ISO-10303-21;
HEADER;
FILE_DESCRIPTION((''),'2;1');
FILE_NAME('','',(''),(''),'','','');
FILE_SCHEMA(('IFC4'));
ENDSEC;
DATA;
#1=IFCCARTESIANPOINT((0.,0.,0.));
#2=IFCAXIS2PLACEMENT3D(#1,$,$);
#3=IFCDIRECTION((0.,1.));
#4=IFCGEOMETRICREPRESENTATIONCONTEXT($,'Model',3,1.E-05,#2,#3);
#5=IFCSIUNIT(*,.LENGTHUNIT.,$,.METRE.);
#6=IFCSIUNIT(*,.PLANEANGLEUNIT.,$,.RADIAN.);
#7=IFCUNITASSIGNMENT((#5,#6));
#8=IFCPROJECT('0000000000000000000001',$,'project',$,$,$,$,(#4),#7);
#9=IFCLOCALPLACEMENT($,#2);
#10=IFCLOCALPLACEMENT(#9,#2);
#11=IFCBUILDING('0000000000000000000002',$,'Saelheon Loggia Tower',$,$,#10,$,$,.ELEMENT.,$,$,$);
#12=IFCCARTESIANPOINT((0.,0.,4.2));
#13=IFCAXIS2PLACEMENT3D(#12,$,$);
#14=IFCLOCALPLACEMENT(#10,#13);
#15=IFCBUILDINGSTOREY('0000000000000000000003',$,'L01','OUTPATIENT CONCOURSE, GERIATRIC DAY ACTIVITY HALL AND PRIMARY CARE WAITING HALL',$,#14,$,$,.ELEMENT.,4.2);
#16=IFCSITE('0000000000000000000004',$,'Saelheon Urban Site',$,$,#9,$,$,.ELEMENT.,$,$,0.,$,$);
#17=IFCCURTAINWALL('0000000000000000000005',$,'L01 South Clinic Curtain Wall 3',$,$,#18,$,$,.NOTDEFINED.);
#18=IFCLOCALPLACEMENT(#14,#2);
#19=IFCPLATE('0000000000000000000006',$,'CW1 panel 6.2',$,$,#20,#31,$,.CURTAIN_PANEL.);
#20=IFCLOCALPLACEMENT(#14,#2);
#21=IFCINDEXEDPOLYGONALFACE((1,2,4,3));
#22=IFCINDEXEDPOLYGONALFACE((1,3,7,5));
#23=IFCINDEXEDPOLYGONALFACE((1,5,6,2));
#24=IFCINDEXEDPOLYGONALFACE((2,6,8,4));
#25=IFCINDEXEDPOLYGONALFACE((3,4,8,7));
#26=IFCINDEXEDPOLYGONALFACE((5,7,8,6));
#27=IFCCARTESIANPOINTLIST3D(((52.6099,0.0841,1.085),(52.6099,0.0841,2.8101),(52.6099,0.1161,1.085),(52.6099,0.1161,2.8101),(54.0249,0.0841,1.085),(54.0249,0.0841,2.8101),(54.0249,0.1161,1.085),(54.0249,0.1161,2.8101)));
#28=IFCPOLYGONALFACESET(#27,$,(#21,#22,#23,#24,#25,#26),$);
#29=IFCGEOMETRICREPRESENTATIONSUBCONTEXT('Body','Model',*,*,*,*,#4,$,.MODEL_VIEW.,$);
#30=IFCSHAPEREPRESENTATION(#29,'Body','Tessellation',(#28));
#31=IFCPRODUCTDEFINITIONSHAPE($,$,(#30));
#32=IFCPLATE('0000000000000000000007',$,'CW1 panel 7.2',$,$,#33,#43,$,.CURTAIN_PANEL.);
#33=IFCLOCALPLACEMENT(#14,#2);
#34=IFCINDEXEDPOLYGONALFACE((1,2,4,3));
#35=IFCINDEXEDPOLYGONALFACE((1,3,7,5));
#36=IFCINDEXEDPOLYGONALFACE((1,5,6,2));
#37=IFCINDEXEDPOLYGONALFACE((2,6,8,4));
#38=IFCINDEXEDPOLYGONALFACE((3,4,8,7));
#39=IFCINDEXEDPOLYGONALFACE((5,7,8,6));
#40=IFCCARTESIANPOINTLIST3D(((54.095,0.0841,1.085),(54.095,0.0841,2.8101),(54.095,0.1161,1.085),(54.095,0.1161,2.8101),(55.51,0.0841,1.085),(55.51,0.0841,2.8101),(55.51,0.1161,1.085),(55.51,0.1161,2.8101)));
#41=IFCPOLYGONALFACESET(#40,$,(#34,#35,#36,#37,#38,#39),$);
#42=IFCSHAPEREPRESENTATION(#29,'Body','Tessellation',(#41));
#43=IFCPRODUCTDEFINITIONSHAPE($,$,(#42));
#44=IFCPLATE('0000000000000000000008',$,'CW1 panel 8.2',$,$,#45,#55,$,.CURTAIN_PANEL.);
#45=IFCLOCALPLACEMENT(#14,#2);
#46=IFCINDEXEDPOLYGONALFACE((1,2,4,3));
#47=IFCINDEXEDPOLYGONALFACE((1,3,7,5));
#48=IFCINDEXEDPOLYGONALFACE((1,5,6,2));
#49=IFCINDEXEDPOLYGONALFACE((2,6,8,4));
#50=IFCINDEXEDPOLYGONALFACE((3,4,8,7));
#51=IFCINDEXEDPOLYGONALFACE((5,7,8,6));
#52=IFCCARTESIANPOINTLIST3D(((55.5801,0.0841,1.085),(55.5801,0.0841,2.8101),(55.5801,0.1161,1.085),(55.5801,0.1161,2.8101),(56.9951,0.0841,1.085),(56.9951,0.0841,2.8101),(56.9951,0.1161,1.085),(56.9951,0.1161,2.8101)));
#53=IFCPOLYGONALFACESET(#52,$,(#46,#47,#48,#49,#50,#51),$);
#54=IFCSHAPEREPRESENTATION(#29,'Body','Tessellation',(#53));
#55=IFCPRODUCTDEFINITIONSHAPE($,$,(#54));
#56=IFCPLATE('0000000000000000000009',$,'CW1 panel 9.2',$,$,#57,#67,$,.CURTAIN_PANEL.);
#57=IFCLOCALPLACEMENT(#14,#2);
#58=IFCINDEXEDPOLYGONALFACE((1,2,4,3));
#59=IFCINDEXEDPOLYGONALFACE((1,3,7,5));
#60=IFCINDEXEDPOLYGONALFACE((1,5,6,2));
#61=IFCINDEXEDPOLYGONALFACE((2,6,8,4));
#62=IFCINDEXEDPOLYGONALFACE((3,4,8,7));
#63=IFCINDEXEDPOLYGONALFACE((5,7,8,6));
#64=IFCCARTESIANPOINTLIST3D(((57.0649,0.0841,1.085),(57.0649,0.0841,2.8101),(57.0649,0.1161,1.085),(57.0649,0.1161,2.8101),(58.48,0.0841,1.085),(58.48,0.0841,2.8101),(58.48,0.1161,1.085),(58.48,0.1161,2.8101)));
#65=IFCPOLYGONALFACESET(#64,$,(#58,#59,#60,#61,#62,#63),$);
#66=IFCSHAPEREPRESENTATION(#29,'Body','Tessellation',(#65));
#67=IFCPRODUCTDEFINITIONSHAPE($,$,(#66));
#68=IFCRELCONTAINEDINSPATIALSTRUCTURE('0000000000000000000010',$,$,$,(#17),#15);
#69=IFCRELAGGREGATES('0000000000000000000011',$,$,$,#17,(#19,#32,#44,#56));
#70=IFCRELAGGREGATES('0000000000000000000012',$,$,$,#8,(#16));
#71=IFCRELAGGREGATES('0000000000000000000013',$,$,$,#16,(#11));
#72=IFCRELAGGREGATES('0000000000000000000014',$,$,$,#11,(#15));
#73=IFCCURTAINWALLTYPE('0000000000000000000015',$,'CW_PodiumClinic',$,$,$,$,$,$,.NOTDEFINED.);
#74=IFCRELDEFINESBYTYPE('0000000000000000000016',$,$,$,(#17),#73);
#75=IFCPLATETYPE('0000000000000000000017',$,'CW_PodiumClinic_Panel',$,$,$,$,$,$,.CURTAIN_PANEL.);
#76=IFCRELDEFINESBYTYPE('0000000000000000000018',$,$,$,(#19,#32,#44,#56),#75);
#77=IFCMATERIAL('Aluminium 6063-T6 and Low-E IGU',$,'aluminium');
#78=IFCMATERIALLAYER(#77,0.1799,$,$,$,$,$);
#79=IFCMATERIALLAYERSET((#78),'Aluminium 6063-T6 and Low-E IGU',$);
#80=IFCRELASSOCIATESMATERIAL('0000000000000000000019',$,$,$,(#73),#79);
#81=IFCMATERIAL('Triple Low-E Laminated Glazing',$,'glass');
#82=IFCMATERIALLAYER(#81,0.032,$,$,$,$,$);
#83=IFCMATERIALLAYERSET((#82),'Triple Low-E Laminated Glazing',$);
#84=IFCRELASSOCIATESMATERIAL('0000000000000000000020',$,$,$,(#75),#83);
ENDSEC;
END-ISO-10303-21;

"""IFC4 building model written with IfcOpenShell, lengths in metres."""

from ifc_helpers import new_model, si_unit, direction, frame, origin, origin_2d, place, context, subcontext, project, spatial, rectangle, extrude, source, transform, mapped, material, layer, layer_set, type_object, element, aggregate, save


model = new_model("IFC4")

# Units and contexts
model_context = context("Model", 3, precision=1e-05, world=origin(), true_north=direction((0.0, 1.0)))
body_context = subcontext(model_context, "Body", "Model", "MODEL_VIEW")
ifc_project = project(units=[si_unit("LENGTHUNIT", "METRE"), si_unit("PLANEANGLEUNIT", "RADIAN")], contexts=[model_context])

# Site, building, storey
site_placement = place(None, origin())
site = spatial("IfcSite", under=ifc_project, at=site_placement, Name="Saelheon Urban Site", CompositionType="ELEMENT", RefElevation=0.0)
building_placement = place(site_placement, origin())
building = spatial("IfcBuilding", under=site, at=building_placement, Name="Saelheon Loggia Tower", CompositionType="ELEMENT")
storey_placement = place(building_placement, frame((0.0, 0.0, 4.2)))
storey = spatial("IfcBuildingStorey", under=building, at=storey_placement, Name="L01", Description="OUTPATIENT CONCOURSE, GERIATRIC DAY ACTIVITY HALL AND PRIMARY CARE WAITING HALL", CompositionType="ELEMENT", Elevation=4.2)

# Curtain wall, plates
ifc_material_1 = material(Name="Aluminium 6063-T6 and Low-E IGU", Category="aluminium")
ifc_layer_1 = layer(ifc_material_1, 0.1799)
ifc_layer_set_1 = layer_set([ifc_layer_1], Name="Aluminium 6063-T6 and Low-E IGU")
curtain_wall_type = type_object("IfcCurtainWallType", Name="CW_PodiumClinic", PredefinedType="NOTDEFINED", material=ifc_layer_set_1)
curtain_wall_placement = place(storey_placement, origin())
curtain_wall = element("IfcCurtainWall", 1, at=curtain_wall_placement, inside=storey, type_object=curtain_wall_type, Name="L01 South Clinic Curtain Wall 3", PredefinedType="NOTDEFINED")
ifc_material_2 = material(Name="Triple Low-E Laminated Glazing", Category="glass")
ifc_layer_2 = layer(ifc_material_2, 0.032)
ifc_layer_set_2 = layer_set([ifc_layer_2], Name="Triple Low-E Laminated Glazing")
plate_type = type_object("IfcPlateType", Name="CW_PodiumClinic_Panel", PredefinedType="CURTAIN_PANEL", material=ifc_layer_set_2)
shared_shape_1 = source(origin(), body_context, "Body", "SweptSolid", [
    extrude(rectangle(XDim=1.415, YDim=0.032, at=origin_2d()), origin(), (0.0, 0.0, 1.0), 1.7251),
])
plate_1_placement = place(storey_placement, frame((53.3174, 0.1001, 1.085), z_axis=(0.0, 0.0, 1.0), x_axis=(1.0, 0.0, 0.0)))
plate_1 = element("IfcPlate", 2, at=plate_1_placement, type_object=plate_type, Name="CW1 panel 6.2", PredefinedType="CURTAIN_PANEL", context=body_context, shape_type="MappedRepresentation", body=[
    mapped(shared_shape_1, transform((0.0, 0.0, 0.0), scale=1.0)),
])
plate_2_placement = place(storey_placement, frame((54.8025, 0.1001, 1.085), z_axis=(0.0, 0.0, 1.0), x_axis=(1.0, 0.0, 0.0)))
plate_2 = element("IfcPlate", 3, at=plate_2_placement, type_object=plate_type, Name="CW1 panel 7.2", PredefinedType="CURTAIN_PANEL", context=body_context, shape_type="MappedRepresentation", body=[
    mapped(shared_shape_1, transform((0.0, 0.0, 0.0), scale=1.0)),
])
plate_3_placement = place(storey_placement, frame((56.2876, 0.1001, 1.085), z_axis=(0.0, 0.0, 1.0), x_axis=(1.0, 0.0, 0.0)))
plate_3 = element("IfcPlate", 4, at=plate_3_placement, type_object=plate_type, Name="CW1 panel 8.2", PredefinedType="CURTAIN_PANEL", context=body_context, shape_type="MappedRepresentation", body=[
    mapped(shared_shape_1, transform((0.0, 0.0, 0.0), scale=1.0)),
])
plate_4_placement = place(storey_placement, frame((57.7725, 0.1001, 1.085), z_axis=(0.0, 0.0, 1.0), x_axis=(1.0, 0.0, 0.0)))
plate_4 = element("IfcPlate", 5, at=plate_4_placement, type_object=plate_type, Name="CW1 panel 9.2", PredefinedType="CURTAIN_PANEL", context=body_context, shape_type="MappedRepresentation", body=[
    mapped(shared_shape_1, transform((0.0, 0.0, 0.0), scale=1.0)),
])
aggregate(curtain_wall, [plate_1, plate_2, plate_3, plate_4])

save(model, "model.ifc")
